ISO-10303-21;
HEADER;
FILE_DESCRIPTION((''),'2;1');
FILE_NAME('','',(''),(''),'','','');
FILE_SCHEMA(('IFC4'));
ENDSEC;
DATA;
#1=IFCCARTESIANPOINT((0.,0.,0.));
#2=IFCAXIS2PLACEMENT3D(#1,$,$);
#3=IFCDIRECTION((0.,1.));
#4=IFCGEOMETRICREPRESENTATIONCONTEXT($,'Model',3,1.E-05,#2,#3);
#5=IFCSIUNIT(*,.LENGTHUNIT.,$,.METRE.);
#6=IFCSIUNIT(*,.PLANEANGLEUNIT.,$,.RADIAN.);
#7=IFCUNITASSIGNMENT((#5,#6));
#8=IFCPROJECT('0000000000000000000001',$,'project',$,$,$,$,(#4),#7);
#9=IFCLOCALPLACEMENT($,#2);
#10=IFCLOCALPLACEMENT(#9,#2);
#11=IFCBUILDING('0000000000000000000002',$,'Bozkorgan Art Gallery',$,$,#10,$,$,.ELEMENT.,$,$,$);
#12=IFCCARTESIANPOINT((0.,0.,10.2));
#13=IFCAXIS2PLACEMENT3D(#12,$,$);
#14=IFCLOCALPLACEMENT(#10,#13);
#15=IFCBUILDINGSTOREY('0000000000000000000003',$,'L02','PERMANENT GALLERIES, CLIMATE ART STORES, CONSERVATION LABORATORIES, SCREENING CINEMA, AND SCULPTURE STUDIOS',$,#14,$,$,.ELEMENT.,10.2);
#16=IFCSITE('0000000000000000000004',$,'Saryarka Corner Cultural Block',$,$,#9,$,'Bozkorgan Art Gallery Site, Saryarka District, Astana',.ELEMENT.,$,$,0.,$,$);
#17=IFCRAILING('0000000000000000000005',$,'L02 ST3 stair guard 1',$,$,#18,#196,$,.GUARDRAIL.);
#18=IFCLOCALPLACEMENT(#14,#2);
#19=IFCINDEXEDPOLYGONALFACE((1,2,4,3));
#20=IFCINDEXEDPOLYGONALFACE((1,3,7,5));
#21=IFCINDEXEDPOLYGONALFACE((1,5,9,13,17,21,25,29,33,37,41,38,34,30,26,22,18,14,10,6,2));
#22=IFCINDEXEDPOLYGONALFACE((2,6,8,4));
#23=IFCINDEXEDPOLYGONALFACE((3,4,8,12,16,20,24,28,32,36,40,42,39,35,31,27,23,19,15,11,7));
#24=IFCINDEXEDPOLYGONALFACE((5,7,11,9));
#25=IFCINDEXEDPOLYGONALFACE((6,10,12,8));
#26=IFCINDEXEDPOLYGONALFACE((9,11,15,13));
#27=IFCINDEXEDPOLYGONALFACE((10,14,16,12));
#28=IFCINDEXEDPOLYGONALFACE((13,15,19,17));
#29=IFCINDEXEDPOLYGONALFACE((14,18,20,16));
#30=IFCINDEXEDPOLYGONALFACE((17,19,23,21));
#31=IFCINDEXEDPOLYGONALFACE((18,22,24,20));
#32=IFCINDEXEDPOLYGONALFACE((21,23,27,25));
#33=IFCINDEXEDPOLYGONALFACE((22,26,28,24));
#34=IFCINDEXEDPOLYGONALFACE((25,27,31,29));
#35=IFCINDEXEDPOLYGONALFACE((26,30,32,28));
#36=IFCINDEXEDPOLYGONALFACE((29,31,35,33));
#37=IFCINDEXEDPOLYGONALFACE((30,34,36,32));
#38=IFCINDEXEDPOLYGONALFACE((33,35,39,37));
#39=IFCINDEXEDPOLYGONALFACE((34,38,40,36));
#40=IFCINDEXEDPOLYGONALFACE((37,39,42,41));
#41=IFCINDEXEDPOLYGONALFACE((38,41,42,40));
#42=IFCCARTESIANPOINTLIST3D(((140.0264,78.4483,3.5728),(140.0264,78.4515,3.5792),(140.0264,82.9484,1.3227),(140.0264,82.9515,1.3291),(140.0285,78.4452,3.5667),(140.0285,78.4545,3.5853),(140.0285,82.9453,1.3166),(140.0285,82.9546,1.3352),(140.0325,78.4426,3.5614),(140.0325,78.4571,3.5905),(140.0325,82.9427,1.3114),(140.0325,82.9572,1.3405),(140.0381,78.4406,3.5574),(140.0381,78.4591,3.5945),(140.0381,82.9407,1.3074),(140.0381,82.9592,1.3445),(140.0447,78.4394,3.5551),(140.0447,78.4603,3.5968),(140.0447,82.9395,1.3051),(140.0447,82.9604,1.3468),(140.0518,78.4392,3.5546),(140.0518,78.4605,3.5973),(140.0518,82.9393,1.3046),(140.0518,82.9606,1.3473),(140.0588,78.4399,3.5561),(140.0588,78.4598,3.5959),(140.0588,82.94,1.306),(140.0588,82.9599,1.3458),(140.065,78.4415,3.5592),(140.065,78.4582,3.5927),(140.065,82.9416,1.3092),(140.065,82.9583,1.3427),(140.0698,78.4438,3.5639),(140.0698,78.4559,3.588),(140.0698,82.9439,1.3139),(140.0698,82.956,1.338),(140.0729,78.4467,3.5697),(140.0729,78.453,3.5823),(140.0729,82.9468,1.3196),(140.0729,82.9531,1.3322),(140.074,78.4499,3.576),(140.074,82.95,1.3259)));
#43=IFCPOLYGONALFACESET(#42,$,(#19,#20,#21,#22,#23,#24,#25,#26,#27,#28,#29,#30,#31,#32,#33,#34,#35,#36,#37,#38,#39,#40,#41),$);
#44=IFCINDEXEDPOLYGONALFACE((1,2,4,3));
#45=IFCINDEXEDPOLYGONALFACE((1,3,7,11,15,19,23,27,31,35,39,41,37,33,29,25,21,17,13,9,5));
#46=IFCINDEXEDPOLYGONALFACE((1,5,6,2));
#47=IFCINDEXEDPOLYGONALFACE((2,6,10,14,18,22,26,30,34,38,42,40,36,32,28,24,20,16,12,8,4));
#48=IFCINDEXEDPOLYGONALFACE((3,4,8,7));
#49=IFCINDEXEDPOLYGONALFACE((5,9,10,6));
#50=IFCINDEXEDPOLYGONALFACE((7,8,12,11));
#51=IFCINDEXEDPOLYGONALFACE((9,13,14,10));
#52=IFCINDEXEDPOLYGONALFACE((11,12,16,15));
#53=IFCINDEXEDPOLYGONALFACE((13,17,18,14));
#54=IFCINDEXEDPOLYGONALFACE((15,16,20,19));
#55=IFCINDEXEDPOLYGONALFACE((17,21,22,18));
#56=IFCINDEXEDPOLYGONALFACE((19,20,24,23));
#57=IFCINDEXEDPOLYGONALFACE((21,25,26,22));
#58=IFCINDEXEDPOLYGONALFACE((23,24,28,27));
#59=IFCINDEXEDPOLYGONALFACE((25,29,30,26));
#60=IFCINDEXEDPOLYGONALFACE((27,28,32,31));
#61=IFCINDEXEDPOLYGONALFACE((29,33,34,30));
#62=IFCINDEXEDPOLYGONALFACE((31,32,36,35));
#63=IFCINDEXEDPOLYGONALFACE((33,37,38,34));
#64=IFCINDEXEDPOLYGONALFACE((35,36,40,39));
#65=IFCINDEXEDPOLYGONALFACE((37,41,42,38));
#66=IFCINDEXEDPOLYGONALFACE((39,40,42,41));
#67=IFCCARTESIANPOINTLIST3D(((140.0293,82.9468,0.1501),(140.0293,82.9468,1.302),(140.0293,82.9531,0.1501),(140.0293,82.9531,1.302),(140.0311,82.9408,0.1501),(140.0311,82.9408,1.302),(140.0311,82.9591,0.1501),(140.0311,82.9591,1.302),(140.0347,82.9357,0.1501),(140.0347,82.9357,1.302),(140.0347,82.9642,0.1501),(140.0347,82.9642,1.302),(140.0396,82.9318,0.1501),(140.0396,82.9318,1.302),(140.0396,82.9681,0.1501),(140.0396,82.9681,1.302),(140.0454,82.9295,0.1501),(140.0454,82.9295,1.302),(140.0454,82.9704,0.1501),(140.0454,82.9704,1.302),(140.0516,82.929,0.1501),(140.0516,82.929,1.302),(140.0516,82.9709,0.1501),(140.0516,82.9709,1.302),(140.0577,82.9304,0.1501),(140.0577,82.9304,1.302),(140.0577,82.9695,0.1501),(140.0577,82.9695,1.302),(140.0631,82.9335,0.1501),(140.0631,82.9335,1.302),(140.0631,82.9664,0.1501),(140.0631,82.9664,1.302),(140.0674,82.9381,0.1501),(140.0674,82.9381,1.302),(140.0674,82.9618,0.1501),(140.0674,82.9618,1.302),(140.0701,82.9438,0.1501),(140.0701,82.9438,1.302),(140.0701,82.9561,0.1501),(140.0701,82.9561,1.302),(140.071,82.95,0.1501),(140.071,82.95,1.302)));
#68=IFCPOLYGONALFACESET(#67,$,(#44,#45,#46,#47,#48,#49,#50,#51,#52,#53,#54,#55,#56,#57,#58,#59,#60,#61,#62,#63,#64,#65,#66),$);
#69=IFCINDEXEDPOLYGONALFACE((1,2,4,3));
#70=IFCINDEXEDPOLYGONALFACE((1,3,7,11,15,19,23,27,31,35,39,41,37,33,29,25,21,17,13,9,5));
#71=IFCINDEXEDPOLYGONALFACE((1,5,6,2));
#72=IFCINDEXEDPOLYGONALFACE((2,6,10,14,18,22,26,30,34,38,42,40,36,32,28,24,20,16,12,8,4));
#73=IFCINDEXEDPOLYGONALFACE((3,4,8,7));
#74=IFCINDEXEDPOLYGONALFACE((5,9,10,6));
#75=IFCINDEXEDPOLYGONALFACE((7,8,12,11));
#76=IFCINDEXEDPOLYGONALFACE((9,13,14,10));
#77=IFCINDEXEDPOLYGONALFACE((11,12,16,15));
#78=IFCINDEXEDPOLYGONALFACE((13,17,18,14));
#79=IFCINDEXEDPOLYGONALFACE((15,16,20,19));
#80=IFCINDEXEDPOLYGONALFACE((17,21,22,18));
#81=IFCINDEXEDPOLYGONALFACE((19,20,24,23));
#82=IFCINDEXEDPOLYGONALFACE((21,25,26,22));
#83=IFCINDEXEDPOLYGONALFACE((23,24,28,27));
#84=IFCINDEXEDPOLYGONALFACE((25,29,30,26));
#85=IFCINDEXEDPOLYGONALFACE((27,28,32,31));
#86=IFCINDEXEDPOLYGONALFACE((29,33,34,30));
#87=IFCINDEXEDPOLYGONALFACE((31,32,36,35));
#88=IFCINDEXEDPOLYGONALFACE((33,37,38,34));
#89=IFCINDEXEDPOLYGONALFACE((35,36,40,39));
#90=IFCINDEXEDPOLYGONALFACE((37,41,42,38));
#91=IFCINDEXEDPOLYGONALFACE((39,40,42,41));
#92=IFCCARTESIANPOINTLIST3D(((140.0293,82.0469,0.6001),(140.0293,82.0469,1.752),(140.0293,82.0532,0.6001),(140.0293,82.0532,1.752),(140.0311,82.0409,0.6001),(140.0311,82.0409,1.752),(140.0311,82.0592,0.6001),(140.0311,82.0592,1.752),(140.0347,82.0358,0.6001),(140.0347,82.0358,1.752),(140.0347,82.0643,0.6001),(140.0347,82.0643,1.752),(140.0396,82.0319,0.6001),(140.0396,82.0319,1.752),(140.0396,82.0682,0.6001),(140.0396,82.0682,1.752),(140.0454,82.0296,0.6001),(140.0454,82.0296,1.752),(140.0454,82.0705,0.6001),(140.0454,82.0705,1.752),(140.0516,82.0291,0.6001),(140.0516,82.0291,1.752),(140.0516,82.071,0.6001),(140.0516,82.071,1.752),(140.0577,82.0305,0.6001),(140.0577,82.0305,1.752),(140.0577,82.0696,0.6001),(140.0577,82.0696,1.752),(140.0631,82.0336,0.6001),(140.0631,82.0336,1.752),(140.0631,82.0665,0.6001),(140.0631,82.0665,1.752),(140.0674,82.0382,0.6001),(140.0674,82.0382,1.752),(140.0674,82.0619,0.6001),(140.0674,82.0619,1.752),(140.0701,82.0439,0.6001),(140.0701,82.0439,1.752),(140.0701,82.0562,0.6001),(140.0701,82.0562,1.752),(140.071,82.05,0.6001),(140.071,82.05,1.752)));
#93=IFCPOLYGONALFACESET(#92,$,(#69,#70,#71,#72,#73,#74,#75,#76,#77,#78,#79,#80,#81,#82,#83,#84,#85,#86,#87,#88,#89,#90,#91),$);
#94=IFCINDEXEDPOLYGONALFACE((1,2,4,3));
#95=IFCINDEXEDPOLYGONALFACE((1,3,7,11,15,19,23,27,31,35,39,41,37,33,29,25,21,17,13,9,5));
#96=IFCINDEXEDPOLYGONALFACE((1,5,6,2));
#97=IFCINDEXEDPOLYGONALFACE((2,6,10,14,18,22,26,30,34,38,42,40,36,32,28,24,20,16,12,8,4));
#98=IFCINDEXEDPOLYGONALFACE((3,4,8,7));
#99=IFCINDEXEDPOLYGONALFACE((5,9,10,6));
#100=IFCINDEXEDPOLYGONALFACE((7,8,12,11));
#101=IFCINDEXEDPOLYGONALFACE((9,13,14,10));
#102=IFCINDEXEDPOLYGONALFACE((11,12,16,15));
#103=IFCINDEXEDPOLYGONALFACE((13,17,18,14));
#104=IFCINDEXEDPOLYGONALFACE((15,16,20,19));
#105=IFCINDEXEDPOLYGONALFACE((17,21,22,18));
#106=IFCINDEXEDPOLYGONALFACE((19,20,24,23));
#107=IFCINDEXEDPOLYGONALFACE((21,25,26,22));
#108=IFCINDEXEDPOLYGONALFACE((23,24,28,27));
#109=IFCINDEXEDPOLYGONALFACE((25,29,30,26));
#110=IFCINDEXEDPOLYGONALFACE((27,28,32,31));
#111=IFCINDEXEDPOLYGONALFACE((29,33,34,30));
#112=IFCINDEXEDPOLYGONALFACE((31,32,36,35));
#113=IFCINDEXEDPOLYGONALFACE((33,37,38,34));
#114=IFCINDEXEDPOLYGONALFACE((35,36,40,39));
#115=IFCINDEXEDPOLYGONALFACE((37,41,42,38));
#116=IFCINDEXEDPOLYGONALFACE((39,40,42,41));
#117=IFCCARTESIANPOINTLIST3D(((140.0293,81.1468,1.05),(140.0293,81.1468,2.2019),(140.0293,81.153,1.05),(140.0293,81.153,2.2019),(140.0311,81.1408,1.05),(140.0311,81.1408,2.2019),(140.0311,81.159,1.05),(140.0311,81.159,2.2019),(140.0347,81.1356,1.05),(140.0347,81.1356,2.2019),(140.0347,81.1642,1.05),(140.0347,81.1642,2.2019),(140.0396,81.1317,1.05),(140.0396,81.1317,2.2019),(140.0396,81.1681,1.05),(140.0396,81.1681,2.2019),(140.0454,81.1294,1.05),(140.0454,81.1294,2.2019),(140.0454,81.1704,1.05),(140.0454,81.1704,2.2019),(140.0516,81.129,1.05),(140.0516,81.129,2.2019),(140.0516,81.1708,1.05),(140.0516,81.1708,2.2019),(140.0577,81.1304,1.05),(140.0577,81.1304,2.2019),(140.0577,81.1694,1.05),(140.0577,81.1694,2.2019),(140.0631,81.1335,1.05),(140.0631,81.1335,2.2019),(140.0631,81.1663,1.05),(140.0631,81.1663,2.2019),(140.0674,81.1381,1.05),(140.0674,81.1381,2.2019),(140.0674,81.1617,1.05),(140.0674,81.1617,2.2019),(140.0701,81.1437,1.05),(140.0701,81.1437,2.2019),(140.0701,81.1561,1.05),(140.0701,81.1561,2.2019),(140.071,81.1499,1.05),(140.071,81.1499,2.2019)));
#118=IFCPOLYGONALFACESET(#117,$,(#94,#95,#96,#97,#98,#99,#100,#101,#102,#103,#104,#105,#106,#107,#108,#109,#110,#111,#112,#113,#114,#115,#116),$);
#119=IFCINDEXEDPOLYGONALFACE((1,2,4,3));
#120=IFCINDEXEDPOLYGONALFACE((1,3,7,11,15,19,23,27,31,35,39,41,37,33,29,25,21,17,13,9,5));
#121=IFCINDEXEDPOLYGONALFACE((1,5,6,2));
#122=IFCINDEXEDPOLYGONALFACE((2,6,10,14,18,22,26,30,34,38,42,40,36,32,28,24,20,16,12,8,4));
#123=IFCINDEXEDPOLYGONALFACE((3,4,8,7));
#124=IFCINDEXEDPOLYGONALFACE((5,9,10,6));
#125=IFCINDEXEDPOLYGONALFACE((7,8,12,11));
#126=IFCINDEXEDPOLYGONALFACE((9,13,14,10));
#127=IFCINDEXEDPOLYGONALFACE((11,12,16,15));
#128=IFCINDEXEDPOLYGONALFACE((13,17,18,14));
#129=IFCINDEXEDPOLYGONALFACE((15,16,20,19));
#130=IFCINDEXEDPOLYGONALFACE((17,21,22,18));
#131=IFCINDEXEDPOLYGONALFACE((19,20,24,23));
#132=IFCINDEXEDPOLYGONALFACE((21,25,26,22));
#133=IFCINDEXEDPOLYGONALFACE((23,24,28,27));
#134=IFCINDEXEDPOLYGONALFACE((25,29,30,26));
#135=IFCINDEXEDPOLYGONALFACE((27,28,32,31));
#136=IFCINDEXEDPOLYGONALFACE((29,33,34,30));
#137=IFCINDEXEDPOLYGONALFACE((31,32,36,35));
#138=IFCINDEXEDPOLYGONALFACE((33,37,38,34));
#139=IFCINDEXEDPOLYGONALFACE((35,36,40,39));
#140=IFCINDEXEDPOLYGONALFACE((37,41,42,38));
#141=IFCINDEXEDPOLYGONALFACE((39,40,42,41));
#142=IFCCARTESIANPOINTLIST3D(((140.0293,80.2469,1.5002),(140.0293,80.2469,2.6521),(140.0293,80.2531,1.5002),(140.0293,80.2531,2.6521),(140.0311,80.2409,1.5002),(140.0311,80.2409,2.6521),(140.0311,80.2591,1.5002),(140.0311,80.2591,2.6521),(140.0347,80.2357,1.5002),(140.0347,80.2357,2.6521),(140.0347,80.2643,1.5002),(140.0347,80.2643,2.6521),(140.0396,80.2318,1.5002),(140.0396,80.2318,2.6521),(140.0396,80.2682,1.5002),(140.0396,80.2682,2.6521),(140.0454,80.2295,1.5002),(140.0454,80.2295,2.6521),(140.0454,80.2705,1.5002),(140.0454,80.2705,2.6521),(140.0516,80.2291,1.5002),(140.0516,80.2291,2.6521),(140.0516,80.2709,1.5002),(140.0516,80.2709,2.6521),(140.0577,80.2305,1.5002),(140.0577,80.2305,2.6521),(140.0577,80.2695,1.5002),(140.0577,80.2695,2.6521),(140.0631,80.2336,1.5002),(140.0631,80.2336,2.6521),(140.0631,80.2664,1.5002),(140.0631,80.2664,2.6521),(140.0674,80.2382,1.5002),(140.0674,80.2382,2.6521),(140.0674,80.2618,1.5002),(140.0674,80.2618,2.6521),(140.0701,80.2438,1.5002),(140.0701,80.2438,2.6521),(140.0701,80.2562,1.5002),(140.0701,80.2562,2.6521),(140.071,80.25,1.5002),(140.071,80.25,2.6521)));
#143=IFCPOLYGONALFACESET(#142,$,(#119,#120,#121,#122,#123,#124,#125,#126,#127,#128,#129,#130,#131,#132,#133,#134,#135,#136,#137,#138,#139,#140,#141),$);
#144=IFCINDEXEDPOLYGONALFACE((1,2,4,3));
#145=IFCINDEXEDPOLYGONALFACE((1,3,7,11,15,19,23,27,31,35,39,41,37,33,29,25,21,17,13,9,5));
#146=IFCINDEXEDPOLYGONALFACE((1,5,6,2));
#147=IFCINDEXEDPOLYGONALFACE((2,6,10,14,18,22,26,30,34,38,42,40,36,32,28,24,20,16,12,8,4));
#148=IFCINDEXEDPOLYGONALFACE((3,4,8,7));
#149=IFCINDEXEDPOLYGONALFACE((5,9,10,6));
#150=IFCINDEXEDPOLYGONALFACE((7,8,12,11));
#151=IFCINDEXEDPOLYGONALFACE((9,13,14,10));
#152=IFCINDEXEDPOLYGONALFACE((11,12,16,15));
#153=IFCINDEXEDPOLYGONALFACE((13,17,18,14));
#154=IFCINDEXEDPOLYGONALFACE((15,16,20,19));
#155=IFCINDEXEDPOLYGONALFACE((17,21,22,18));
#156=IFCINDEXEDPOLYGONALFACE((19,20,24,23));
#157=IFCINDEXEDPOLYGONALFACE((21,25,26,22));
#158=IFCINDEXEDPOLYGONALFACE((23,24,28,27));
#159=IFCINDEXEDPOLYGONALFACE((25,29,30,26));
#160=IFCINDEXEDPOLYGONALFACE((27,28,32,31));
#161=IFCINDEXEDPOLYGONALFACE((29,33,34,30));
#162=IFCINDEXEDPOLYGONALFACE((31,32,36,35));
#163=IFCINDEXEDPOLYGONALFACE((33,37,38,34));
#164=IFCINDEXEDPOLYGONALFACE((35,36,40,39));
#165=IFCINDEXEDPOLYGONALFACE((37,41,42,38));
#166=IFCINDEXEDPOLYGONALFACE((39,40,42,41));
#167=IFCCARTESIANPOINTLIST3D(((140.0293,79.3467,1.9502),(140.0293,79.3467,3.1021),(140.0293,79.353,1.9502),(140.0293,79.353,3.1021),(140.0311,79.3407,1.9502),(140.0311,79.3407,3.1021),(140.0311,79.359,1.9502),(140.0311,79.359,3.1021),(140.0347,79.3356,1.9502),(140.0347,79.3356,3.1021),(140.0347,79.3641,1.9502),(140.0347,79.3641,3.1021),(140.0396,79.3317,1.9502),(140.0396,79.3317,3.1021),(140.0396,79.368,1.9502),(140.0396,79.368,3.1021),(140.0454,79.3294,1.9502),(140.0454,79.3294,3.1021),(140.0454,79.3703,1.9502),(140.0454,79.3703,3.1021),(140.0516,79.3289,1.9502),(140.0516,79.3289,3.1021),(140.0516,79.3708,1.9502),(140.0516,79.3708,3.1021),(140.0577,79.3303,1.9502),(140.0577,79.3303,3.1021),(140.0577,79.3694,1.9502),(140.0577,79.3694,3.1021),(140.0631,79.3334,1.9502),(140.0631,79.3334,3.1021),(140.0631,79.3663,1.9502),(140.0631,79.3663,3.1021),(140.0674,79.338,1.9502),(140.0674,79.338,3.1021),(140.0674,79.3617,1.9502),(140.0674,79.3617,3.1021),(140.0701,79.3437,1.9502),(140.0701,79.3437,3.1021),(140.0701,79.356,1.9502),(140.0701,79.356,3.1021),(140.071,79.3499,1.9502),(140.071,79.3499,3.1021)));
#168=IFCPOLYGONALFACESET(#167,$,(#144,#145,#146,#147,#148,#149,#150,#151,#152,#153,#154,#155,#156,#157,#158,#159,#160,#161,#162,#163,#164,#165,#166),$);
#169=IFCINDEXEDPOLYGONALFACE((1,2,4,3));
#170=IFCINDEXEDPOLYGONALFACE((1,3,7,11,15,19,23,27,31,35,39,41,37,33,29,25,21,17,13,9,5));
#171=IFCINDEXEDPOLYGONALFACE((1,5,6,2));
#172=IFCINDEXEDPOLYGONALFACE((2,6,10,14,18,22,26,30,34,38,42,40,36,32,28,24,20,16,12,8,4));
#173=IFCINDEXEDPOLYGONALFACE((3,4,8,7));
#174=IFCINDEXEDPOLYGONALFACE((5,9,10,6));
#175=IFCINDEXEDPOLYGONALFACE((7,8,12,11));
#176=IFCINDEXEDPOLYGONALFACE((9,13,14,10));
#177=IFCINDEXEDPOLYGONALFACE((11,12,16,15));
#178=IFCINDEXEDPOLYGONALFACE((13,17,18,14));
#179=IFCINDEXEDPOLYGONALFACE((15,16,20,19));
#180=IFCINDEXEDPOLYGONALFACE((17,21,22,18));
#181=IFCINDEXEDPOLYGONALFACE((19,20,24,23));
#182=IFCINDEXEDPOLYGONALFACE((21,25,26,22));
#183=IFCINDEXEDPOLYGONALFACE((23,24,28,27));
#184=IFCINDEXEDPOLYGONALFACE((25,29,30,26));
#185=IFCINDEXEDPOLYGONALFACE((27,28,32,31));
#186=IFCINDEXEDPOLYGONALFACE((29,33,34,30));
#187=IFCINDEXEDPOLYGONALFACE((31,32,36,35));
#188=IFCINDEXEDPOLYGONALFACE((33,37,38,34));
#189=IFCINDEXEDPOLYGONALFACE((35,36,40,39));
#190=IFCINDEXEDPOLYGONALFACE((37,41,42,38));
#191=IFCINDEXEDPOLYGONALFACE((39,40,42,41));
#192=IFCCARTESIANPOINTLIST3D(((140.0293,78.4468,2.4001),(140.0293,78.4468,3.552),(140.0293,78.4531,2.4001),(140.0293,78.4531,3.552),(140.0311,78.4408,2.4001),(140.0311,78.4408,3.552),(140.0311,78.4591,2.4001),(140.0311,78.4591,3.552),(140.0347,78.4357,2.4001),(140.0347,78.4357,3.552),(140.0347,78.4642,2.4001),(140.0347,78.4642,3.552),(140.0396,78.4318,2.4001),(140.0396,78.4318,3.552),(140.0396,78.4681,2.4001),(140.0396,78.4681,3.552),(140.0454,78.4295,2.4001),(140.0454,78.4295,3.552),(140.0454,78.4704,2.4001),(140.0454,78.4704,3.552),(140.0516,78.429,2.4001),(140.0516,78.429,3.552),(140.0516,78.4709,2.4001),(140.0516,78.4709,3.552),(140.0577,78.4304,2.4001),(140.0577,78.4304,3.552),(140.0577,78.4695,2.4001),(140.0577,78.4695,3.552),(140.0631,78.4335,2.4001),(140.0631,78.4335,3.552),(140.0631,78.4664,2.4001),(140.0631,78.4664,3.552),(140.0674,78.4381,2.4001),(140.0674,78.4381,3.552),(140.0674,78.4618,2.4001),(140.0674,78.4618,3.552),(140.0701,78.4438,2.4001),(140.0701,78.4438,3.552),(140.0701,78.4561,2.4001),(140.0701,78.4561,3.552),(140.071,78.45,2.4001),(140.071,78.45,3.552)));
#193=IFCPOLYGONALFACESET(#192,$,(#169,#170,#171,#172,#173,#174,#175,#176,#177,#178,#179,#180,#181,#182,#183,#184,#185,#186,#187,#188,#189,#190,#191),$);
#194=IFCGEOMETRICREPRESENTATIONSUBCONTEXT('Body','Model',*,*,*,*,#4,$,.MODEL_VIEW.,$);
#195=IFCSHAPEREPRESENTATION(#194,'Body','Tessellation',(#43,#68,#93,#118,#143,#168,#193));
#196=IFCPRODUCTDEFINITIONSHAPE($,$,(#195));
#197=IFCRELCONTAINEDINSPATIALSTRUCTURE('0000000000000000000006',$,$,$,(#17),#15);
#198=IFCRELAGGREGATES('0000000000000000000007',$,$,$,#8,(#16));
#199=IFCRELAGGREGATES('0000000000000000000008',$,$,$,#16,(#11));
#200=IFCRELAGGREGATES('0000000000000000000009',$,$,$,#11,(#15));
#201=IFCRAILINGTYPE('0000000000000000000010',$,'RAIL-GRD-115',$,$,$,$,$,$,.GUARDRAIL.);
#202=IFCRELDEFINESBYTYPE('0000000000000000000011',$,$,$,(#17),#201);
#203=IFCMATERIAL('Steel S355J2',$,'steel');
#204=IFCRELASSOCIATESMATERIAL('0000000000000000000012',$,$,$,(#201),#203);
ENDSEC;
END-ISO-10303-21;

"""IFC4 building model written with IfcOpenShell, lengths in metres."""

from ifc_helpers import new_model, si_unit, direction, frame, origin, origin_2d, place, context, subcontext, project, spatial, circle, extrude, material, type_object, element, save


model = new_model("IFC4")

# Units and contexts
model_context = context("Model", 3, precision=1e-05, world=origin(), true_north=direction((0.0, 1.0)))
body_context = subcontext(model_context, "Body", "Model", "MODEL_VIEW")
ifc_project = project(units=[si_unit("LENGTHUNIT", "METRE"), si_unit("PLANEANGLEUNIT", "RADIAN")], contexts=[model_context])

# Site, building, storey
site_placement = place(None, origin())
site = spatial("IfcSite", under=ifc_project, at=site_placement, Name="Saryarka Corner Cultural Block", LongName="Bozkorgan Art Gallery Site, Saryarka District, Astana", CompositionType="ELEMENT", RefElevation=0.0)
building_placement = place(site_placement, origin())
building = spatial("IfcBuilding", under=site, at=building_placement, Name="Bozkorgan Art Gallery", CompositionType="ELEMENT")
storey_placement = place(building_placement, frame((0.0, 0.0, 10.2)))
storey = spatial("IfcBuildingStorey", under=building, at=storey_placement, Name="L02", Description="PERMANENT GALLERIES, CLIMATE ART STORES, CONSERVATION LABORATORIES, SCREENING CINEMA, AND SCULPTURE STUDIOS", CompositionType="ELEMENT", Elevation=10.2)

# Shared definitions
ifc_material_1 = material(Name="Steel S355J2", Category="steel")

# Railing
railing_type_1 = type_object("IfcRailingType", Name="RAIL-GRD-115", PredefinedType="GUARDRAIL", material=ifc_material_1)
railing_1_placement = place(storey_placement, frame((140.05, 82.95, 0.1501)))
element("IfcRailing", 1, at=railing_1_placement, inside=storey, type_object=railing_type_1, Name="L02 ST3 stair guard 1", PredefinedType="GUARDRAIL", context=body_context, shape_type="SweptSolid", body=[
    extrude(circle(Radius=0.0239, at=origin_2d()), frame((0.0, 0.0, 1.1758), z_axis=(0.0, -0.894427, 0.447214), x_axis=(1.0, 0.0, 0.0)), (0.0, 0.0, 1.0), 5.0312),
    extrude(circle(Radius=0.021, at=origin_2d()), origin(), (0.0, 0.0, 1.0), 1.1519),
    extrude(circle(Radius=0.021, at=origin_2d()), frame((0.0, -0.8999, 0.45)), (0.0, 0.0, 1.0), 1.1519),
    extrude(circle(Radius=0.021, at=origin_2d()), frame((0.0, -1.8, 0.8999)), (0.0, 0.0, 1.0), 1.1519),
    extrude(circle(Radius=0.021, at=origin_2d()), frame((0.0, -2.7, 1.3501)), (0.0, 0.0, 1.0), 1.1519),
    extrude(circle(Radius=0.021, at=origin_2d()), frame((0.0, -3.6001, 1.8)), (0.0, 0.0, 1.0), 1.1519),
    extrude(circle(Radius=0.021, at=origin_2d()), frame((0.0, -4.5, 2.25)), (0.0, 0.0, 1.0), 1.1519),
])

save(model, "model.ifc")
